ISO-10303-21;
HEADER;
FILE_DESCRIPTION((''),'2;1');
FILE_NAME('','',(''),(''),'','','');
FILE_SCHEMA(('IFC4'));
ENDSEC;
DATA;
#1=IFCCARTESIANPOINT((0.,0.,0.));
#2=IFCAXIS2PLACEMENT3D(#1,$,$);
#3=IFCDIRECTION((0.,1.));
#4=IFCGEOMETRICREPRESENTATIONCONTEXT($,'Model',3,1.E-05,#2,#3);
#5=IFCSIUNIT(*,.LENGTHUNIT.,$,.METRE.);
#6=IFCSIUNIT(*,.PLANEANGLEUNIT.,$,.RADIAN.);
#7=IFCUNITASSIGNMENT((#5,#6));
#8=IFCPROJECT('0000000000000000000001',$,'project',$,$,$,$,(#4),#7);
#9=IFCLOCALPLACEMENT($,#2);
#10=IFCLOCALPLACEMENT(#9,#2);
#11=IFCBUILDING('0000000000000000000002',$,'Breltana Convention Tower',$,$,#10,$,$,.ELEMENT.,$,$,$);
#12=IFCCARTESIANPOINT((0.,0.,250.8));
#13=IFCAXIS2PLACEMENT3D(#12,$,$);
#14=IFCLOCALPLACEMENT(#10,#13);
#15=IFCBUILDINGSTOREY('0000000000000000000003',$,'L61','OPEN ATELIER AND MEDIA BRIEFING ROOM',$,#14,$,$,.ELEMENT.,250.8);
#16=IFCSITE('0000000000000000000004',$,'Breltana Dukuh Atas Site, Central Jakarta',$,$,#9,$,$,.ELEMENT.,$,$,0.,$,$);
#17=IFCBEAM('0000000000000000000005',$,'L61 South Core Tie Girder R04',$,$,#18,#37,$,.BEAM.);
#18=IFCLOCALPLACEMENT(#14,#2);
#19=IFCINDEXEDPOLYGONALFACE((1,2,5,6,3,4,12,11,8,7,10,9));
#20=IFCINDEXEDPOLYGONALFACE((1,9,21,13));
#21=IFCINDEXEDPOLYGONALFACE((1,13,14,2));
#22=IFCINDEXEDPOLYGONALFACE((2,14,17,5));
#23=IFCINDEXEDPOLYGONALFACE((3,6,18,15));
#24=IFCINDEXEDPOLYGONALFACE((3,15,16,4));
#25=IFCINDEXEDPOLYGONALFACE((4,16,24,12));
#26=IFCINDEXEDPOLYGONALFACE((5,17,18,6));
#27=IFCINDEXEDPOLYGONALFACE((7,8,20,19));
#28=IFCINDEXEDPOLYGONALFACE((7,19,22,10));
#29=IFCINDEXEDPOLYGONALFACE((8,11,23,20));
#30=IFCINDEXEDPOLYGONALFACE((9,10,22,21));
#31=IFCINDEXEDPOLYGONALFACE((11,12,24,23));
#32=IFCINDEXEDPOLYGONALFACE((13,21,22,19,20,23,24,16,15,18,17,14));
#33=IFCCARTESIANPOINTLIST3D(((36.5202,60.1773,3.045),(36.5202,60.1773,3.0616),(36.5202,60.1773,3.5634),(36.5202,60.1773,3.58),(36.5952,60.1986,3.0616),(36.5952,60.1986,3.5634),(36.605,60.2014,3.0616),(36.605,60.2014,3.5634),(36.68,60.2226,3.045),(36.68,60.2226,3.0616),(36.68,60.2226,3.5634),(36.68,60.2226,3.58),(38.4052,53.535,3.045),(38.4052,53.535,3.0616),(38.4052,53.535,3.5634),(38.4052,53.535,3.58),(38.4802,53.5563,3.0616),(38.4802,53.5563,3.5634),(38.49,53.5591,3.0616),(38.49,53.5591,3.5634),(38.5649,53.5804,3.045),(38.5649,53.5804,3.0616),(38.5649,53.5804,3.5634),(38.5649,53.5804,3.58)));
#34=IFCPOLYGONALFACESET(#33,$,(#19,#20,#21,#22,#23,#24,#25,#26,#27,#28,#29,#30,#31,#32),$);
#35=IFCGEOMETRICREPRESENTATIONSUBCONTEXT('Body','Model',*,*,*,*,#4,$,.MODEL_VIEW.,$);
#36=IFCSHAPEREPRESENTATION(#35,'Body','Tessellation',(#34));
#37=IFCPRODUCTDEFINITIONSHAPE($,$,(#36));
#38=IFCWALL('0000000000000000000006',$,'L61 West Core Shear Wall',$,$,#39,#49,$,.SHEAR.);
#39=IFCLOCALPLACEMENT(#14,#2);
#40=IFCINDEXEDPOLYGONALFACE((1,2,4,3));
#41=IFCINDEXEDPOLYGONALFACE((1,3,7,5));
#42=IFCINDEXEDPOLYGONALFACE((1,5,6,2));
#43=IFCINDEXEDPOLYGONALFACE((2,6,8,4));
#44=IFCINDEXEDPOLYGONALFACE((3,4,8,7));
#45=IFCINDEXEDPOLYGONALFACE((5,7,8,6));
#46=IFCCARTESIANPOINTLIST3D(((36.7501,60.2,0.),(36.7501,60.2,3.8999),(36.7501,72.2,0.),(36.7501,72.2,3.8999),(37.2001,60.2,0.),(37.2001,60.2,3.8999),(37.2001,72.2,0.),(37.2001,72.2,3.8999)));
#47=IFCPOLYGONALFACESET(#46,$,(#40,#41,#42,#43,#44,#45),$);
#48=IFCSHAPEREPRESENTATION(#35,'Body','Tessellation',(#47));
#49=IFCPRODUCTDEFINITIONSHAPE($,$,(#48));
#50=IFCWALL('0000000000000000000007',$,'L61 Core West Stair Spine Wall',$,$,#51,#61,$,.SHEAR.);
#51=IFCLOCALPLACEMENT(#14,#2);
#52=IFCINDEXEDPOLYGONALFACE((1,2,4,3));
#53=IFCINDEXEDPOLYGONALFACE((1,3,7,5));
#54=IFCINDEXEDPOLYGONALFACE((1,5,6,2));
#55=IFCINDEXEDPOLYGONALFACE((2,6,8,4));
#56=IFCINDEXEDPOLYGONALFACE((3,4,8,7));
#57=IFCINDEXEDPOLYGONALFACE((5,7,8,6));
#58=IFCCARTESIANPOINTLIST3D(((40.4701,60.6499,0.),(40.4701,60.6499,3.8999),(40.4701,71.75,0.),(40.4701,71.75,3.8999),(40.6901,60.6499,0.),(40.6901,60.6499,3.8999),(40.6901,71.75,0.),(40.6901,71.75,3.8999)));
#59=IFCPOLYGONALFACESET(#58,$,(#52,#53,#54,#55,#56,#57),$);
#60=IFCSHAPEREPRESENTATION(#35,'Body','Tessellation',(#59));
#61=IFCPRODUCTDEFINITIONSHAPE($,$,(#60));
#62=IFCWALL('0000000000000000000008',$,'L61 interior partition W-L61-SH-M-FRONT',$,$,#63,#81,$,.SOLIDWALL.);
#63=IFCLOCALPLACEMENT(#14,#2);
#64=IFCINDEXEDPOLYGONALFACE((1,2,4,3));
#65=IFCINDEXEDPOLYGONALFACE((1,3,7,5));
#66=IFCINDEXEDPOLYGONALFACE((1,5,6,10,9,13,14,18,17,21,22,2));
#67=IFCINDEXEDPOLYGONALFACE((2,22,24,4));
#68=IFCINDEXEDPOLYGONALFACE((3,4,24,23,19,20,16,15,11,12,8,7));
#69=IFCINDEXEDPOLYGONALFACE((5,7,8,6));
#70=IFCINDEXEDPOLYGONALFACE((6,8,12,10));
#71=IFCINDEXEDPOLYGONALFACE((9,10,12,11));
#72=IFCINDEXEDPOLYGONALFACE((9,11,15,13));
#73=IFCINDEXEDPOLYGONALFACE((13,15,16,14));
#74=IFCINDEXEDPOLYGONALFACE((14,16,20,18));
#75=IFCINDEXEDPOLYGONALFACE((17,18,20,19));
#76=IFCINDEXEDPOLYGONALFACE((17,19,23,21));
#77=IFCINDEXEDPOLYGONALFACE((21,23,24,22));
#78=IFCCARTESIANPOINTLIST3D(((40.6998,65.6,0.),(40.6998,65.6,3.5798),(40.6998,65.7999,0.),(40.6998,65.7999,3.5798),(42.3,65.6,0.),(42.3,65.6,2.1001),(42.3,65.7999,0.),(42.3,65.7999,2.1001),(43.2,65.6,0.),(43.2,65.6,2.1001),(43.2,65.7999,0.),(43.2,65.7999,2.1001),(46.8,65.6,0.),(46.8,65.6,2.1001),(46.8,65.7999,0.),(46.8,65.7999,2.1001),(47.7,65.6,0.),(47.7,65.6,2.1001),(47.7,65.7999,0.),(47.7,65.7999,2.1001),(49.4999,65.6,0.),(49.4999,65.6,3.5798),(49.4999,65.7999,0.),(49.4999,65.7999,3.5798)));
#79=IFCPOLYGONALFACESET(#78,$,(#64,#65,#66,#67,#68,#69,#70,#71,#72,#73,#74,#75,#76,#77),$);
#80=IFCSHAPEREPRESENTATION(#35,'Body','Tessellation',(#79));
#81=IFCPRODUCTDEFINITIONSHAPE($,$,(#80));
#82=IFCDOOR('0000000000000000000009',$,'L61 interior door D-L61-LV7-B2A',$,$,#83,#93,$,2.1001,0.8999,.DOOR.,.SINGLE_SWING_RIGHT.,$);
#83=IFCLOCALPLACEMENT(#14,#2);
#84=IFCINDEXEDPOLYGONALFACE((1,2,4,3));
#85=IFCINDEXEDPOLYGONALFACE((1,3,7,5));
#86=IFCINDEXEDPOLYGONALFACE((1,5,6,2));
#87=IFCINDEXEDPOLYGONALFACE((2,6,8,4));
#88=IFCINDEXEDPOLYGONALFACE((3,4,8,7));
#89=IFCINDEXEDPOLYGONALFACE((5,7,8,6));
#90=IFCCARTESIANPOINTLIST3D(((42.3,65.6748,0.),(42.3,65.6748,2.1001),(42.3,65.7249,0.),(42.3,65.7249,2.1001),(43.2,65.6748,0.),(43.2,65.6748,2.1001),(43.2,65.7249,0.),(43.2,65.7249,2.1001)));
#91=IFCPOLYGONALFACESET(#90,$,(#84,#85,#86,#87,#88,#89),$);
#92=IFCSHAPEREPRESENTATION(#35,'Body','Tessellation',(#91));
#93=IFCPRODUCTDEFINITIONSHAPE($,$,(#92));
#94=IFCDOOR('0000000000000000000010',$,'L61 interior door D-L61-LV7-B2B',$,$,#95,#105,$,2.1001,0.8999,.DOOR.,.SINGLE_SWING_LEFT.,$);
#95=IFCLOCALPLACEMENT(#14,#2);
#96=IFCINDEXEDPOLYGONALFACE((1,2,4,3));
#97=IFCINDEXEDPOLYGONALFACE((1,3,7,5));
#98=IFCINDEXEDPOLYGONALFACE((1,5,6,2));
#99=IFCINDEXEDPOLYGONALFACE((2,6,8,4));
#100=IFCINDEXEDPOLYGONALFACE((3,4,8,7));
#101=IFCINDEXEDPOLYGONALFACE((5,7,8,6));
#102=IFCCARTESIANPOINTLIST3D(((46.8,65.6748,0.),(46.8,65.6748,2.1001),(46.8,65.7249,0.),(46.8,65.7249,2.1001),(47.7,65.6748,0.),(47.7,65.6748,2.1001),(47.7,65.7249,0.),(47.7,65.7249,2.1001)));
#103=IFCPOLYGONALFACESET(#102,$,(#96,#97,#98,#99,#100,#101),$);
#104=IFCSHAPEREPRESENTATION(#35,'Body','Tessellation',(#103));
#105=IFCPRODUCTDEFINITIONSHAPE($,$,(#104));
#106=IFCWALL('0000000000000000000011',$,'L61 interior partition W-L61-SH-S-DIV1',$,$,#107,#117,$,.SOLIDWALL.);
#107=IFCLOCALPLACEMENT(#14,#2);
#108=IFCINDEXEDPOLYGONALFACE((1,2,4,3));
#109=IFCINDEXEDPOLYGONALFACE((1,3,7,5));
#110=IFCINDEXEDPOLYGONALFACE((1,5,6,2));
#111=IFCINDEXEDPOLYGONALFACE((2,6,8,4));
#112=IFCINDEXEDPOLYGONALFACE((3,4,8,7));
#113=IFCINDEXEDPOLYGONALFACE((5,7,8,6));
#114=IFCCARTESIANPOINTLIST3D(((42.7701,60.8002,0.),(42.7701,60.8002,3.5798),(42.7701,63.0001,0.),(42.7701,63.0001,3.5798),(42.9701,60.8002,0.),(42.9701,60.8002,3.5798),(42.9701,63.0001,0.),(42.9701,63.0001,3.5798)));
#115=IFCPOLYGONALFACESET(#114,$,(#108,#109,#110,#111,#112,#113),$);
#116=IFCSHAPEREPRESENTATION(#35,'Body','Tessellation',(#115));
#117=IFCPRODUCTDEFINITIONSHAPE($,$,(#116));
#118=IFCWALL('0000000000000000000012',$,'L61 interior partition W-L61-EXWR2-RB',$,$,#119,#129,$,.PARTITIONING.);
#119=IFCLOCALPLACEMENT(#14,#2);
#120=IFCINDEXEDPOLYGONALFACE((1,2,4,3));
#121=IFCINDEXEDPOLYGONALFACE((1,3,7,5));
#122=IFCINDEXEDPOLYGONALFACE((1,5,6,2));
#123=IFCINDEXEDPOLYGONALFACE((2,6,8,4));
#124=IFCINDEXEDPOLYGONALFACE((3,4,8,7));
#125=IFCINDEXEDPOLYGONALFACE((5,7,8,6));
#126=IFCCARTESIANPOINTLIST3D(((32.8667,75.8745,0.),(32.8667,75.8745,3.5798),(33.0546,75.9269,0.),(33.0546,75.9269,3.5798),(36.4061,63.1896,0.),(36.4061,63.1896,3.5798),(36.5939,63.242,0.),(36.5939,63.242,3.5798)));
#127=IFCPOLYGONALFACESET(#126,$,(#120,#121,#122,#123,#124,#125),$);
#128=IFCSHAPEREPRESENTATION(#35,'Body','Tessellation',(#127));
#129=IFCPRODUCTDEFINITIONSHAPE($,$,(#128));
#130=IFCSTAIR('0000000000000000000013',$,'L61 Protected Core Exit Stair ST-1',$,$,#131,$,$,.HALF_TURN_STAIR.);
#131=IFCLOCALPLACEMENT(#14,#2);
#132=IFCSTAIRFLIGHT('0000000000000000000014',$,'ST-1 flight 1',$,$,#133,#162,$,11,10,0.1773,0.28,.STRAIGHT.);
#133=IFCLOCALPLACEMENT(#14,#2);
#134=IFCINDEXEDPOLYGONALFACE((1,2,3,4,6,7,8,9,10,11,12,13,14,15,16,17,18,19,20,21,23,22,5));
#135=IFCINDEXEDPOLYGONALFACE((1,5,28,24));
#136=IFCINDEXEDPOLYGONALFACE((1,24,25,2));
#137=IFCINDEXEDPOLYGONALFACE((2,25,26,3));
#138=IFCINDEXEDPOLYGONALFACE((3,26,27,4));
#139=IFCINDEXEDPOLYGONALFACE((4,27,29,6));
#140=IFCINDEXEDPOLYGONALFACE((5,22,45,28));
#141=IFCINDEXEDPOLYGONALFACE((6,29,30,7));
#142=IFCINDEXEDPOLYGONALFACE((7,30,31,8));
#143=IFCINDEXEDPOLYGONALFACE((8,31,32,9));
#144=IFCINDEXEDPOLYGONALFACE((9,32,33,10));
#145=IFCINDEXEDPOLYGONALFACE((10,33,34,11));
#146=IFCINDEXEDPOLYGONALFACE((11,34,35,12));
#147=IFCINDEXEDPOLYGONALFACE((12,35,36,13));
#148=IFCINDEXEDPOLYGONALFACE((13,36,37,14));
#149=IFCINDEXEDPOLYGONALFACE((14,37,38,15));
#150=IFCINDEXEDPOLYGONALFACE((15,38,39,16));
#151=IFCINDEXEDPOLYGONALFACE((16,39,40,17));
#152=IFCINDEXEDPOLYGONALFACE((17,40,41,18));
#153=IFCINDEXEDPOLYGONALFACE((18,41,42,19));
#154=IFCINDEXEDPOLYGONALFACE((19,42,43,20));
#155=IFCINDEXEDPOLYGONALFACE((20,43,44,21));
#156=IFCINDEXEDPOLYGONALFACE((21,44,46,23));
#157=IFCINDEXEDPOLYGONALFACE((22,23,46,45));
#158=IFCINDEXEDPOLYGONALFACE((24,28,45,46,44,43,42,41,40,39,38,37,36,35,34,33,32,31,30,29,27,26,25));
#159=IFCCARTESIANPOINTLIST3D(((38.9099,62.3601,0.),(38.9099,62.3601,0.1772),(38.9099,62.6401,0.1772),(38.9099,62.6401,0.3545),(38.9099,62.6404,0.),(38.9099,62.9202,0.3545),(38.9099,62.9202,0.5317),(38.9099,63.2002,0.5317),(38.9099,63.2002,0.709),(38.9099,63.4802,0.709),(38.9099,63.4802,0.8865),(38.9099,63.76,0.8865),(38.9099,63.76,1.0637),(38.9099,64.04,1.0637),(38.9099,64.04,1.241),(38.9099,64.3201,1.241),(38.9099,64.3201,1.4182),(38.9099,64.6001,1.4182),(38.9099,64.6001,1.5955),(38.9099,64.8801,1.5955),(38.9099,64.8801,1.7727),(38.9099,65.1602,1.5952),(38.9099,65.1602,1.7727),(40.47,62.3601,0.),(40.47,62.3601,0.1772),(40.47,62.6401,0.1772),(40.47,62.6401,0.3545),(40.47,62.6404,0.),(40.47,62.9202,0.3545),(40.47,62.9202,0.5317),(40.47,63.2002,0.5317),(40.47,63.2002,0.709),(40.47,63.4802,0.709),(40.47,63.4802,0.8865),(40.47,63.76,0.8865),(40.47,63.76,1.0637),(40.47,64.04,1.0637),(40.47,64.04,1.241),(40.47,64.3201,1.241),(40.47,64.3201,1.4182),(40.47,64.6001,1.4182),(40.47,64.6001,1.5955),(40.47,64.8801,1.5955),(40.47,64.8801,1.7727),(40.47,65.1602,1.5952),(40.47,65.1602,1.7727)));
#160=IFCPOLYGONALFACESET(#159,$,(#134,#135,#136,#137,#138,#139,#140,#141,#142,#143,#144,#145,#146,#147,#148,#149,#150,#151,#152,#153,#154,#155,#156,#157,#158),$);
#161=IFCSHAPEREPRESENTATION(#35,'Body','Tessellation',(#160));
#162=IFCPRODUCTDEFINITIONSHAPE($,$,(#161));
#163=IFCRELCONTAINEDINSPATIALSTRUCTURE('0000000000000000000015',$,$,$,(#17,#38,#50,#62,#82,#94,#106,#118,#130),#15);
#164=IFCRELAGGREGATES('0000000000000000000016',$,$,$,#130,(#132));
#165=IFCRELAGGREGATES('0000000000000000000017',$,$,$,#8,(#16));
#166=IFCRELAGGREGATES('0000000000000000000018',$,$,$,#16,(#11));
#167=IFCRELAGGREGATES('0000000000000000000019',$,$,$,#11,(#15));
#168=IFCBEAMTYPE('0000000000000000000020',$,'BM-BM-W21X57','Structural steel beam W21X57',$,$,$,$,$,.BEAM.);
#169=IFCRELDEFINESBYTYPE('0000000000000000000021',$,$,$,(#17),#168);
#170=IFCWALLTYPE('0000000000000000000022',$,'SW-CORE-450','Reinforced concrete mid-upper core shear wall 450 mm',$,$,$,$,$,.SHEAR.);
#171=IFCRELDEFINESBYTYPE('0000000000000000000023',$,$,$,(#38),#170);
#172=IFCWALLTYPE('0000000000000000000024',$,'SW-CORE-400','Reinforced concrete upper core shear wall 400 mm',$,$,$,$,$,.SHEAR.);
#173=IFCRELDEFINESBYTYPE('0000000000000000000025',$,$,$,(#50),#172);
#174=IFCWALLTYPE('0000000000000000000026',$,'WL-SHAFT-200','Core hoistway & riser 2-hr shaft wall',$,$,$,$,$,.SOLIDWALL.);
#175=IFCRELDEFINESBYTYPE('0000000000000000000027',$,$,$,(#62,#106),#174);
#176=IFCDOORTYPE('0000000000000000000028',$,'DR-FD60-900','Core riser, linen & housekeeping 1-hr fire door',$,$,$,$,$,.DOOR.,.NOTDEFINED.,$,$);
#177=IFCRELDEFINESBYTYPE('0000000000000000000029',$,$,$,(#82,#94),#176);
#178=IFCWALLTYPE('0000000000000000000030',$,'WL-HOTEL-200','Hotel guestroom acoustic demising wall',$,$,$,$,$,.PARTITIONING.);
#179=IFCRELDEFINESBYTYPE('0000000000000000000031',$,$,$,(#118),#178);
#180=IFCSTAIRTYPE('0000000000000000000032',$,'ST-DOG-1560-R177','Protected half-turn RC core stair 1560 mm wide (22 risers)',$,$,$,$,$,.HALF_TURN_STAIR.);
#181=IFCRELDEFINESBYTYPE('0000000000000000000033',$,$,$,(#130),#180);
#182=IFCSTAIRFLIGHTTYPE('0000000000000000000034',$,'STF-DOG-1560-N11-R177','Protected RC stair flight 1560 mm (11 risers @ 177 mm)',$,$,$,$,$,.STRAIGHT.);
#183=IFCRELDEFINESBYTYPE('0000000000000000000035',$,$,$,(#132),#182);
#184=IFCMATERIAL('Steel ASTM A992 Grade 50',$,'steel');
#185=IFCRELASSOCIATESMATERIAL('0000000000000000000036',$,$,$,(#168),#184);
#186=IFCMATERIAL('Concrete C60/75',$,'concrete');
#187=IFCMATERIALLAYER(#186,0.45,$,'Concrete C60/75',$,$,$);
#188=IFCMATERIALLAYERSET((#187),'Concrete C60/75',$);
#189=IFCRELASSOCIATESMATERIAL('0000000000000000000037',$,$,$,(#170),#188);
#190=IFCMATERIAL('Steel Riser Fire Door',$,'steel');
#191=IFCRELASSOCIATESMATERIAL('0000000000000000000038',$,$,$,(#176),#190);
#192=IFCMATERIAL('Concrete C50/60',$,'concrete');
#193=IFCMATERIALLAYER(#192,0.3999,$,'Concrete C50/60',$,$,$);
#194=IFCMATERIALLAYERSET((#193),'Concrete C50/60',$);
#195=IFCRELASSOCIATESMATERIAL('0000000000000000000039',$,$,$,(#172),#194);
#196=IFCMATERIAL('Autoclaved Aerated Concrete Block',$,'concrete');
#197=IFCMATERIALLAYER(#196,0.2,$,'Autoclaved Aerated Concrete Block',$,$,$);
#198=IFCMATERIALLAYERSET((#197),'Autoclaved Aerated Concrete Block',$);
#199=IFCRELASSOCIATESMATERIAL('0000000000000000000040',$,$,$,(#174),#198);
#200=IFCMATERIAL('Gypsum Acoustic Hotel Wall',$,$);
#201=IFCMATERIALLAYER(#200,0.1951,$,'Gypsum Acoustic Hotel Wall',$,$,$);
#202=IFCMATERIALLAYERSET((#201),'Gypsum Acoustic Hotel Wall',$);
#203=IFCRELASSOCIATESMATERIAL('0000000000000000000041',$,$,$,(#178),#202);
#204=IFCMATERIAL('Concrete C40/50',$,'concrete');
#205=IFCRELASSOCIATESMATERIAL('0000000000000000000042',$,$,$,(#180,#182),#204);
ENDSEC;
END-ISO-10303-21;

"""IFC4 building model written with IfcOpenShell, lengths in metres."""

from ifc_helpers import new_model, si_unit, direction, frame, frame_2d, origin, origin_2d, place, context, subcontext, project, spatial, polyline, rectangle, i_section, outline, extrude, source, transform, mapped, material, layer, layer_set, material_profile, profile_set, type_object, type_shapes, element, fill, aggregate, save


model = new_model("IFC4")

# Units and contexts
model_context = context("Model", 3, precision=1e-05, world=origin(), true_north=direction((0.0, 1.0)))
body_context = subcontext(model_context, "Body", "Model", "MODEL_VIEW")
ifc_project = project(units=[si_unit("LENGTHUNIT", "METRE"), si_unit("PLANEANGLEUNIT", "RADIAN")], contexts=[model_context])

# Site, building, storey
site_placement = place(None, origin())
site = spatial("IfcSite", under=ifc_project, at=site_placement, Name="Breltana Dukuh Atas Site, Central Jakarta", CompositionType="ELEMENT", RefElevation=0.0)
building_placement = place(site_placement, origin())
building = spatial("IfcBuilding", under=site, at=building_placement, Name="Breltana Convention Tower", CompositionType="ELEMENT")
storey_placement = place(building_placement, frame((0.0, 0.0, 250.8)))
storey = spatial("IfcBuildingStorey", under=building, at=storey_placement, Name="L61", Description="OPEN ATELIER AND MEDIA BRIEFING ROOM", CompositionType="ELEMENT", Elevation=250.8)

# Beam
ifc_material_1 = material(Name="Steel ASTM A992 Grade 50", Category="steel")
ifc_material_profile = material_profile(ifc_material_1, i_section(OverallWidth=0.166, OverallDepth=0.5349, WebThickness=0.0103, FlangeThickness=0.0166, at=origin_2d()), Name="W21X57")
ifc_profile_set = profile_set([ifc_material_profile], Name="Steel ASTM A992 Grade 50")
beam_type = type_object("IfcBeamType", Name="BM-BM-W21X57", Description="Structural steel beam W21X57", PredefinedType="BEAM", material=ifc_profile_set)
shared_shape_1 = source(origin(), body_context, "Body", "SweptSolid", [
    extrude(i_section(OverallWidth=0.166, OverallDepth=0.5349, WebThickness=0.0103, FlangeThickness=0.0166, at=origin_2d()), origin(), (0.0, 0.0, 1.0), 6.9045),
])
type_shapes(beam_type, [shared_shape_1])
beam_placement = place(storey_placement, frame((36.6001, 60.2, 3.3125), z_axis=(0.273007, -0.962012, 0.0), x_axis=(0.962012, 0.273007, 0.0)))
element("IfcBeam", 1, at=beam_placement, inside=storey, type_object=beam_type, Name="L61 South Core Tie Girder R04", PredefinedType="BEAM", context=body_context, shape_type="MappedRepresentation", body=[
    mapped(shared_shape_1, transform((0.0, 0.0, 0.0), scale=1.0)),
])

# Wall
ifc_material_2 = material(Name="Concrete C60/75", Category="concrete")
ifc_layer_1 = layer(ifc_material_2, 0.45, Name="Concrete C60/75")
ifc_layer_set_1 = layer_set([ifc_layer_1], Name="Concrete C60/75")
wall_type_1 = type_object("IfcWallType", Name="SW-CORE-450", Description="Reinforced concrete mid-upper core shear wall 450 mm", PredefinedType="SHEAR", material=ifc_layer_set_1)
shared_shape_2 = source(origin(), body_context, "Body", "SweptSolid", [
    extrude(rectangle(XDim=12.0, YDim=0.45, at=frame_2d((6.0, 0.0))), origin(), (0.0, 0.0, 1.0), 3.8999),
])
wall_1_placement = place(storey_placement, frame((36.9751, 60.2, 0.0), z_axis=(0.0, 0.0, 1.0), x_axis=(0.0, 1.0, 0.0)))
element("IfcWall", 2, at=wall_1_placement, inside=storey, type_object=wall_type_1, Name="L61 West Core Shear Wall", PredefinedType="SHEAR", context=body_context, shape_type="MappedRepresentation", body=[
    mapped(shared_shape_2, transform((0.0, 0.0, 0.0), scale=1.0)),
])

# Shared definitions
ifc_material_3 = material(Name="Steel Riser Fire Door", Category="steel")
door_type_1 = type_object("IfcDoorType", Name="DR-FD60-900", Description="Core riser, linen & housekeeping 1-hr fire door", OperationType="NOTDEFINED", PredefinedType="DOOR", material=ifc_material_3)
shared_shape_3 = source(origin(), body_context, "Body", "SweptSolid", [
    extrude(rectangle(XDim=0.8999, YDim=2.1001, at=frame_2d((0.45, 1.05))), frame((0.0, 0.0249, 0.0), z_axis=(0.0, -1.0, 0.0), x_axis=(1.0, 0.0, 0.0)), (0.0, 0.0, 1.0), 0.05),
])
type_shapes(door_type_1, [shared_shape_3])

# Wall
ifc_material_4 = material(Name="Concrete C50/60", Category="concrete")
ifc_layer_2 = layer(ifc_material_4, 0.3999, Name="Concrete C50/60")
ifc_layer_set_2 = layer_set([ifc_layer_2], Name="Concrete C50/60")
wall_type_2 = type_object("IfcWallType", Name="SW-CORE-400", Description="Reinforced concrete upper core shear wall 400 mm", PredefinedType="SHEAR", material=ifc_layer_set_2)
shared_shape_4 = source(origin(), body_context, "Body", "SweptSolid", [
    extrude(rectangle(XDim=11.1001, YDim=0.22, at=frame_2d((5.55, 0.0))), origin(), (0.0, 0.0, 1.0), 3.8999),
])
wall_2_placement = place(storey_placement, frame((40.5801, 60.6499, 0.0), z_axis=(0.0, 0.0, 1.0), x_axis=(0.0, 1.0, 0.0)))
element("IfcWall", 3, at=wall_2_placement, inside=storey, type_object=wall_type_2, Name="L61 Core West Stair Spine Wall", PredefinedType="SHEAR", context=body_context, shape_type="MappedRepresentation", body=[
    mapped(shared_shape_4, transform((0.0, 0.0, 0.0), scale=1.0)),
])

# Wall, openings, doors
ifc_material_5 = material(Name="Autoclaved Aerated Concrete Block", Category="concrete")
ifc_layer_3 = layer(ifc_material_5, 0.2, Name="Autoclaved Aerated Concrete Block")
ifc_layer_set_3 = layer_set([ifc_layer_3], Name="Autoclaved Aerated Concrete Block")
wall_type_3 = type_object("IfcWallType", Name="WL-SHAFT-200", Description="Core hoistway & riser 2-hr shaft wall", PredefinedType="SOLIDWALL", material=ifc_layer_set_3)
shared_shape_5 = source(origin(), body_context, "Body", "SweptSolid", [
    extrude(rectangle(XDim=8.8, YDim=0.2, at=frame_2d((4.3999, 0.0))), origin(), (0.0, 0.0, 1.0), 3.5798),
])
wall_3_placement = place(storey_placement, frame((40.7, 65.7, 0.0), z_axis=(0.0, 0.0, 1.0), x_axis=(1.0, 0.0, 0.0)))
wall_3 = element("IfcWall", 4, at=wall_3_placement, inside=storey, type_object=wall_type_3, Name="L61 interior partition W-L61-SH-M-FRONT", PredefinedType="SOLIDWALL", context=body_context, shape_type="MappedRepresentation", body=[
    mapped(shared_shape_5, transform((0.0, 0.0, 0.0), scale=1.0)),
])
opening_1_placement = place(wall_3_placement, frame((1.6001, 0.0, 0.0)))
opening_1 = element("IfcOpeningElement", 5, at=opening_1_placement, cuts=wall_3, PredefinedType="OPENING", context=body_context, shape_type="SweptSolid", body=[
    extrude(rectangle(XDim=0.8999, YDim=2.1001, at=frame_2d((0.45, 1.05))), frame((0.0, 0.1099, 0.0), z_axis=(0.0, -1.0, 0.0), x_axis=(1.0, 0.0, 0.0)), (0.0, 0.0, 1.0), 0.22),
])
opening_2_placement = place(wall_3_placement, frame((6.1001, 0.0, 0.0)))
opening_2 = element("IfcOpeningElement", 6, at=opening_2_placement, cuts=wall_3, PredefinedType="OPENING", context=body_context, shape_type="SweptSolid", body=[
    extrude(rectangle(XDim=0.8999, YDim=2.1001, at=frame_2d((0.45, 1.05))), frame((0.0, 0.1099, 0.0), z_axis=(0.0, -1.0, 0.0), x_axis=(1.0, 0.0, 0.0)), (0.0, 0.0, 1.0), 0.22),
])
door_1_placement = place(opening_1_placement, origin())
door_1 = element("IfcDoor", 7, at=door_1_placement, inside=storey, type_object=door_type_1, Name="L61 interior door D-L61-LV7-B2A", OperationType="SINGLE_SWING_RIGHT", OverallHeight=2.1001, OverallWidth=0.8999, PredefinedType="DOOR", context=body_context, shape_type="MappedRepresentation", body=[
    mapped(shared_shape_3, transform((0.0, 0.0, 0.0), scale=1.0)),
])
fill(opening_1, door_1)
door_2_placement = place(opening_2_placement, origin())
door_2 = element("IfcDoor", 8, at=door_2_placement, inside=storey, type_object=door_type_1, Name="L61 interior door D-L61-LV7-B2B", OperationType="SINGLE_SWING_LEFT", OverallHeight=2.1001, OverallWidth=0.8999, PredefinedType="DOOR", context=body_context, shape_type="MappedRepresentation", body=[
    mapped(shared_shape_3, transform((0.0, 0.0, 0.0), scale=1.0)),
])
fill(opening_2, door_2)

# Walls
shared_shape_6 = source(origin(), body_context, "Body", "SweptSolid", [
    extrude(rectangle(XDim=2.2, YDim=0.2, at=frame_2d((1.1001, 0.0))), origin(), (0.0, 0.0, 1.0), 3.5798),
])
wall_4_placement = place(storey_placement, frame((42.8701, 60.8, 0.0), z_axis=(0.0, 0.0, 1.0), x_axis=(0.0, 1.0, 0.0)))
element("IfcWall", 9, at=wall_4_placement, inside=storey, type_object=wall_type_3, Name="L61 interior partition W-L61-SH-S-DIV1", PredefinedType="SOLIDWALL", context=body_context, shape_type="MappedRepresentation", body=[
    mapped(shared_shape_6, transform((0.0, 0.0, 0.0), scale=1.0)),
])
ifc_material_6 = material(Name="Gypsum Acoustic Hotel Wall")
ifc_layer_4 = layer(ifc_material_6, 0.1951, Name="Gypsum Acoustic Hotel Wall")
ifc_layer_set_4 = layer_set([ifc_layer_4], Name="Gypsum Acoustic Hotel Wall")
wall_type_4 = type_object("IfcWallType", Name="WL-HOTEL-200", Description="Hotel guestroom acoustic demising wall", PredefinedType="PARTITIONING", material=ifc_layer_set_4)
shared_shape_7 = source(origin(), body_context, "Body", "SweptSolid", [
    extrude(rectangle(XDim=13.1694, YDim=0.1951, at=frame_2d((6.5847, 0.0))), origin(), (0.0, 0.0, 1.0), 3.5798),
])
wall_5_placement = place(storey_placement, frame((36.5, 63.2158, 0.0), z_axis=(0.0, 0.0, 1.0), x_axis=(-0.268754, 0.963209, 0.0)))
element("IfcWall", 10, at=wall_5_placement, inside=storey, type_object=wall_type_4, Name="L61 interior partition W-L61-EXWR2-RB", PredefinedType="PARTITIONING", context=body_context, shape_type="MappedRepresentation", body=[
    mapped(shared_shape_7, transform((0.0, 0.0, 0.0), scale=1.0)),
])

# Stair, stair flight
ifc_material_7 = material(Name="Concrete C40/50", Category="concrete")
stair_type = type_object("IfcStairType", Name="ST-DOG-1560-R177", Description="Protected half-turn RC core stair 1560 mm wide (22 risers)", PredefinedType="HALF_TURN_STAIR", material=ifc_material_7)
stair_placement = place(storey_placement, origin())
stair = element("IfcStair", 11, at=stair_placement, inside=storey, type_object=stair_type, Name="L61 Protected Core Exit Stair ST-1", PredefinedType="HALF_TURN_STAIR")
stair_flight_type = type_object("IfcStairFlightType", Name="STF-DOG-1560-N11-R177", Description="Protected RC stair flight 1560 mm (11 risers @ 177 mm)", PredefinedType="STRAIGHT", material=ifc_material_7)
stair_flight_1_placement = place(storey_placement, frame((39.6899, 62.3601, 0.0), z_axis=(0.0, 0.0, 1.0), x_axis=(0.0, 1.0, 0.0)))
stair_flight_1 = element("IfcStairFlight", 12, at=stair_flight_1_placement, type_object=stair_flight_type, Name="ST-1 flight 1", NumberOfRisers=11, NumberOfTreads=10, PredefinedType="STRAIGHT", RiserHeight=0.1773, TreadLength=0.28, context=body_context, shape_type="SweptSolid", body=[
    extrude(outline(polyline([(0.0, 0.0), (0.0, 0.1772), (0.28, 0.1772), (0.28, 0.3545), (0.5601, 0.3545), (0.5601, 0.5317), (0.8401, 0.5317), (0.8401, 0.709), (1.1201, 0.709), (1.1201, 0.8865), (1.3999, 0.8865), (1.3999, 1.0637), (1.6799, 1.0637), (1.6799, 1.241), (1.96, 1.241), (1.96, 1.4182), (2.24, 1.4182), (2.24, 1.5955), (2.52, 1.5955), (2.52, 1.7727), (2.8, 1.7727), (2.8, 1.95), (2.8, 1.5952), (0.2803, 0.0), (0.0, 0.0)])), frame((0.0, 0.78, 0.0), z_axis=(0.0, -1.0, 0.0), x_axis=(1.0, 0.0, 0.0)), (0.0, 0.0, 1.0), 1.5601),
])
aggregate(stair, [stair_flight_1])

save(model, "model.ifc")
